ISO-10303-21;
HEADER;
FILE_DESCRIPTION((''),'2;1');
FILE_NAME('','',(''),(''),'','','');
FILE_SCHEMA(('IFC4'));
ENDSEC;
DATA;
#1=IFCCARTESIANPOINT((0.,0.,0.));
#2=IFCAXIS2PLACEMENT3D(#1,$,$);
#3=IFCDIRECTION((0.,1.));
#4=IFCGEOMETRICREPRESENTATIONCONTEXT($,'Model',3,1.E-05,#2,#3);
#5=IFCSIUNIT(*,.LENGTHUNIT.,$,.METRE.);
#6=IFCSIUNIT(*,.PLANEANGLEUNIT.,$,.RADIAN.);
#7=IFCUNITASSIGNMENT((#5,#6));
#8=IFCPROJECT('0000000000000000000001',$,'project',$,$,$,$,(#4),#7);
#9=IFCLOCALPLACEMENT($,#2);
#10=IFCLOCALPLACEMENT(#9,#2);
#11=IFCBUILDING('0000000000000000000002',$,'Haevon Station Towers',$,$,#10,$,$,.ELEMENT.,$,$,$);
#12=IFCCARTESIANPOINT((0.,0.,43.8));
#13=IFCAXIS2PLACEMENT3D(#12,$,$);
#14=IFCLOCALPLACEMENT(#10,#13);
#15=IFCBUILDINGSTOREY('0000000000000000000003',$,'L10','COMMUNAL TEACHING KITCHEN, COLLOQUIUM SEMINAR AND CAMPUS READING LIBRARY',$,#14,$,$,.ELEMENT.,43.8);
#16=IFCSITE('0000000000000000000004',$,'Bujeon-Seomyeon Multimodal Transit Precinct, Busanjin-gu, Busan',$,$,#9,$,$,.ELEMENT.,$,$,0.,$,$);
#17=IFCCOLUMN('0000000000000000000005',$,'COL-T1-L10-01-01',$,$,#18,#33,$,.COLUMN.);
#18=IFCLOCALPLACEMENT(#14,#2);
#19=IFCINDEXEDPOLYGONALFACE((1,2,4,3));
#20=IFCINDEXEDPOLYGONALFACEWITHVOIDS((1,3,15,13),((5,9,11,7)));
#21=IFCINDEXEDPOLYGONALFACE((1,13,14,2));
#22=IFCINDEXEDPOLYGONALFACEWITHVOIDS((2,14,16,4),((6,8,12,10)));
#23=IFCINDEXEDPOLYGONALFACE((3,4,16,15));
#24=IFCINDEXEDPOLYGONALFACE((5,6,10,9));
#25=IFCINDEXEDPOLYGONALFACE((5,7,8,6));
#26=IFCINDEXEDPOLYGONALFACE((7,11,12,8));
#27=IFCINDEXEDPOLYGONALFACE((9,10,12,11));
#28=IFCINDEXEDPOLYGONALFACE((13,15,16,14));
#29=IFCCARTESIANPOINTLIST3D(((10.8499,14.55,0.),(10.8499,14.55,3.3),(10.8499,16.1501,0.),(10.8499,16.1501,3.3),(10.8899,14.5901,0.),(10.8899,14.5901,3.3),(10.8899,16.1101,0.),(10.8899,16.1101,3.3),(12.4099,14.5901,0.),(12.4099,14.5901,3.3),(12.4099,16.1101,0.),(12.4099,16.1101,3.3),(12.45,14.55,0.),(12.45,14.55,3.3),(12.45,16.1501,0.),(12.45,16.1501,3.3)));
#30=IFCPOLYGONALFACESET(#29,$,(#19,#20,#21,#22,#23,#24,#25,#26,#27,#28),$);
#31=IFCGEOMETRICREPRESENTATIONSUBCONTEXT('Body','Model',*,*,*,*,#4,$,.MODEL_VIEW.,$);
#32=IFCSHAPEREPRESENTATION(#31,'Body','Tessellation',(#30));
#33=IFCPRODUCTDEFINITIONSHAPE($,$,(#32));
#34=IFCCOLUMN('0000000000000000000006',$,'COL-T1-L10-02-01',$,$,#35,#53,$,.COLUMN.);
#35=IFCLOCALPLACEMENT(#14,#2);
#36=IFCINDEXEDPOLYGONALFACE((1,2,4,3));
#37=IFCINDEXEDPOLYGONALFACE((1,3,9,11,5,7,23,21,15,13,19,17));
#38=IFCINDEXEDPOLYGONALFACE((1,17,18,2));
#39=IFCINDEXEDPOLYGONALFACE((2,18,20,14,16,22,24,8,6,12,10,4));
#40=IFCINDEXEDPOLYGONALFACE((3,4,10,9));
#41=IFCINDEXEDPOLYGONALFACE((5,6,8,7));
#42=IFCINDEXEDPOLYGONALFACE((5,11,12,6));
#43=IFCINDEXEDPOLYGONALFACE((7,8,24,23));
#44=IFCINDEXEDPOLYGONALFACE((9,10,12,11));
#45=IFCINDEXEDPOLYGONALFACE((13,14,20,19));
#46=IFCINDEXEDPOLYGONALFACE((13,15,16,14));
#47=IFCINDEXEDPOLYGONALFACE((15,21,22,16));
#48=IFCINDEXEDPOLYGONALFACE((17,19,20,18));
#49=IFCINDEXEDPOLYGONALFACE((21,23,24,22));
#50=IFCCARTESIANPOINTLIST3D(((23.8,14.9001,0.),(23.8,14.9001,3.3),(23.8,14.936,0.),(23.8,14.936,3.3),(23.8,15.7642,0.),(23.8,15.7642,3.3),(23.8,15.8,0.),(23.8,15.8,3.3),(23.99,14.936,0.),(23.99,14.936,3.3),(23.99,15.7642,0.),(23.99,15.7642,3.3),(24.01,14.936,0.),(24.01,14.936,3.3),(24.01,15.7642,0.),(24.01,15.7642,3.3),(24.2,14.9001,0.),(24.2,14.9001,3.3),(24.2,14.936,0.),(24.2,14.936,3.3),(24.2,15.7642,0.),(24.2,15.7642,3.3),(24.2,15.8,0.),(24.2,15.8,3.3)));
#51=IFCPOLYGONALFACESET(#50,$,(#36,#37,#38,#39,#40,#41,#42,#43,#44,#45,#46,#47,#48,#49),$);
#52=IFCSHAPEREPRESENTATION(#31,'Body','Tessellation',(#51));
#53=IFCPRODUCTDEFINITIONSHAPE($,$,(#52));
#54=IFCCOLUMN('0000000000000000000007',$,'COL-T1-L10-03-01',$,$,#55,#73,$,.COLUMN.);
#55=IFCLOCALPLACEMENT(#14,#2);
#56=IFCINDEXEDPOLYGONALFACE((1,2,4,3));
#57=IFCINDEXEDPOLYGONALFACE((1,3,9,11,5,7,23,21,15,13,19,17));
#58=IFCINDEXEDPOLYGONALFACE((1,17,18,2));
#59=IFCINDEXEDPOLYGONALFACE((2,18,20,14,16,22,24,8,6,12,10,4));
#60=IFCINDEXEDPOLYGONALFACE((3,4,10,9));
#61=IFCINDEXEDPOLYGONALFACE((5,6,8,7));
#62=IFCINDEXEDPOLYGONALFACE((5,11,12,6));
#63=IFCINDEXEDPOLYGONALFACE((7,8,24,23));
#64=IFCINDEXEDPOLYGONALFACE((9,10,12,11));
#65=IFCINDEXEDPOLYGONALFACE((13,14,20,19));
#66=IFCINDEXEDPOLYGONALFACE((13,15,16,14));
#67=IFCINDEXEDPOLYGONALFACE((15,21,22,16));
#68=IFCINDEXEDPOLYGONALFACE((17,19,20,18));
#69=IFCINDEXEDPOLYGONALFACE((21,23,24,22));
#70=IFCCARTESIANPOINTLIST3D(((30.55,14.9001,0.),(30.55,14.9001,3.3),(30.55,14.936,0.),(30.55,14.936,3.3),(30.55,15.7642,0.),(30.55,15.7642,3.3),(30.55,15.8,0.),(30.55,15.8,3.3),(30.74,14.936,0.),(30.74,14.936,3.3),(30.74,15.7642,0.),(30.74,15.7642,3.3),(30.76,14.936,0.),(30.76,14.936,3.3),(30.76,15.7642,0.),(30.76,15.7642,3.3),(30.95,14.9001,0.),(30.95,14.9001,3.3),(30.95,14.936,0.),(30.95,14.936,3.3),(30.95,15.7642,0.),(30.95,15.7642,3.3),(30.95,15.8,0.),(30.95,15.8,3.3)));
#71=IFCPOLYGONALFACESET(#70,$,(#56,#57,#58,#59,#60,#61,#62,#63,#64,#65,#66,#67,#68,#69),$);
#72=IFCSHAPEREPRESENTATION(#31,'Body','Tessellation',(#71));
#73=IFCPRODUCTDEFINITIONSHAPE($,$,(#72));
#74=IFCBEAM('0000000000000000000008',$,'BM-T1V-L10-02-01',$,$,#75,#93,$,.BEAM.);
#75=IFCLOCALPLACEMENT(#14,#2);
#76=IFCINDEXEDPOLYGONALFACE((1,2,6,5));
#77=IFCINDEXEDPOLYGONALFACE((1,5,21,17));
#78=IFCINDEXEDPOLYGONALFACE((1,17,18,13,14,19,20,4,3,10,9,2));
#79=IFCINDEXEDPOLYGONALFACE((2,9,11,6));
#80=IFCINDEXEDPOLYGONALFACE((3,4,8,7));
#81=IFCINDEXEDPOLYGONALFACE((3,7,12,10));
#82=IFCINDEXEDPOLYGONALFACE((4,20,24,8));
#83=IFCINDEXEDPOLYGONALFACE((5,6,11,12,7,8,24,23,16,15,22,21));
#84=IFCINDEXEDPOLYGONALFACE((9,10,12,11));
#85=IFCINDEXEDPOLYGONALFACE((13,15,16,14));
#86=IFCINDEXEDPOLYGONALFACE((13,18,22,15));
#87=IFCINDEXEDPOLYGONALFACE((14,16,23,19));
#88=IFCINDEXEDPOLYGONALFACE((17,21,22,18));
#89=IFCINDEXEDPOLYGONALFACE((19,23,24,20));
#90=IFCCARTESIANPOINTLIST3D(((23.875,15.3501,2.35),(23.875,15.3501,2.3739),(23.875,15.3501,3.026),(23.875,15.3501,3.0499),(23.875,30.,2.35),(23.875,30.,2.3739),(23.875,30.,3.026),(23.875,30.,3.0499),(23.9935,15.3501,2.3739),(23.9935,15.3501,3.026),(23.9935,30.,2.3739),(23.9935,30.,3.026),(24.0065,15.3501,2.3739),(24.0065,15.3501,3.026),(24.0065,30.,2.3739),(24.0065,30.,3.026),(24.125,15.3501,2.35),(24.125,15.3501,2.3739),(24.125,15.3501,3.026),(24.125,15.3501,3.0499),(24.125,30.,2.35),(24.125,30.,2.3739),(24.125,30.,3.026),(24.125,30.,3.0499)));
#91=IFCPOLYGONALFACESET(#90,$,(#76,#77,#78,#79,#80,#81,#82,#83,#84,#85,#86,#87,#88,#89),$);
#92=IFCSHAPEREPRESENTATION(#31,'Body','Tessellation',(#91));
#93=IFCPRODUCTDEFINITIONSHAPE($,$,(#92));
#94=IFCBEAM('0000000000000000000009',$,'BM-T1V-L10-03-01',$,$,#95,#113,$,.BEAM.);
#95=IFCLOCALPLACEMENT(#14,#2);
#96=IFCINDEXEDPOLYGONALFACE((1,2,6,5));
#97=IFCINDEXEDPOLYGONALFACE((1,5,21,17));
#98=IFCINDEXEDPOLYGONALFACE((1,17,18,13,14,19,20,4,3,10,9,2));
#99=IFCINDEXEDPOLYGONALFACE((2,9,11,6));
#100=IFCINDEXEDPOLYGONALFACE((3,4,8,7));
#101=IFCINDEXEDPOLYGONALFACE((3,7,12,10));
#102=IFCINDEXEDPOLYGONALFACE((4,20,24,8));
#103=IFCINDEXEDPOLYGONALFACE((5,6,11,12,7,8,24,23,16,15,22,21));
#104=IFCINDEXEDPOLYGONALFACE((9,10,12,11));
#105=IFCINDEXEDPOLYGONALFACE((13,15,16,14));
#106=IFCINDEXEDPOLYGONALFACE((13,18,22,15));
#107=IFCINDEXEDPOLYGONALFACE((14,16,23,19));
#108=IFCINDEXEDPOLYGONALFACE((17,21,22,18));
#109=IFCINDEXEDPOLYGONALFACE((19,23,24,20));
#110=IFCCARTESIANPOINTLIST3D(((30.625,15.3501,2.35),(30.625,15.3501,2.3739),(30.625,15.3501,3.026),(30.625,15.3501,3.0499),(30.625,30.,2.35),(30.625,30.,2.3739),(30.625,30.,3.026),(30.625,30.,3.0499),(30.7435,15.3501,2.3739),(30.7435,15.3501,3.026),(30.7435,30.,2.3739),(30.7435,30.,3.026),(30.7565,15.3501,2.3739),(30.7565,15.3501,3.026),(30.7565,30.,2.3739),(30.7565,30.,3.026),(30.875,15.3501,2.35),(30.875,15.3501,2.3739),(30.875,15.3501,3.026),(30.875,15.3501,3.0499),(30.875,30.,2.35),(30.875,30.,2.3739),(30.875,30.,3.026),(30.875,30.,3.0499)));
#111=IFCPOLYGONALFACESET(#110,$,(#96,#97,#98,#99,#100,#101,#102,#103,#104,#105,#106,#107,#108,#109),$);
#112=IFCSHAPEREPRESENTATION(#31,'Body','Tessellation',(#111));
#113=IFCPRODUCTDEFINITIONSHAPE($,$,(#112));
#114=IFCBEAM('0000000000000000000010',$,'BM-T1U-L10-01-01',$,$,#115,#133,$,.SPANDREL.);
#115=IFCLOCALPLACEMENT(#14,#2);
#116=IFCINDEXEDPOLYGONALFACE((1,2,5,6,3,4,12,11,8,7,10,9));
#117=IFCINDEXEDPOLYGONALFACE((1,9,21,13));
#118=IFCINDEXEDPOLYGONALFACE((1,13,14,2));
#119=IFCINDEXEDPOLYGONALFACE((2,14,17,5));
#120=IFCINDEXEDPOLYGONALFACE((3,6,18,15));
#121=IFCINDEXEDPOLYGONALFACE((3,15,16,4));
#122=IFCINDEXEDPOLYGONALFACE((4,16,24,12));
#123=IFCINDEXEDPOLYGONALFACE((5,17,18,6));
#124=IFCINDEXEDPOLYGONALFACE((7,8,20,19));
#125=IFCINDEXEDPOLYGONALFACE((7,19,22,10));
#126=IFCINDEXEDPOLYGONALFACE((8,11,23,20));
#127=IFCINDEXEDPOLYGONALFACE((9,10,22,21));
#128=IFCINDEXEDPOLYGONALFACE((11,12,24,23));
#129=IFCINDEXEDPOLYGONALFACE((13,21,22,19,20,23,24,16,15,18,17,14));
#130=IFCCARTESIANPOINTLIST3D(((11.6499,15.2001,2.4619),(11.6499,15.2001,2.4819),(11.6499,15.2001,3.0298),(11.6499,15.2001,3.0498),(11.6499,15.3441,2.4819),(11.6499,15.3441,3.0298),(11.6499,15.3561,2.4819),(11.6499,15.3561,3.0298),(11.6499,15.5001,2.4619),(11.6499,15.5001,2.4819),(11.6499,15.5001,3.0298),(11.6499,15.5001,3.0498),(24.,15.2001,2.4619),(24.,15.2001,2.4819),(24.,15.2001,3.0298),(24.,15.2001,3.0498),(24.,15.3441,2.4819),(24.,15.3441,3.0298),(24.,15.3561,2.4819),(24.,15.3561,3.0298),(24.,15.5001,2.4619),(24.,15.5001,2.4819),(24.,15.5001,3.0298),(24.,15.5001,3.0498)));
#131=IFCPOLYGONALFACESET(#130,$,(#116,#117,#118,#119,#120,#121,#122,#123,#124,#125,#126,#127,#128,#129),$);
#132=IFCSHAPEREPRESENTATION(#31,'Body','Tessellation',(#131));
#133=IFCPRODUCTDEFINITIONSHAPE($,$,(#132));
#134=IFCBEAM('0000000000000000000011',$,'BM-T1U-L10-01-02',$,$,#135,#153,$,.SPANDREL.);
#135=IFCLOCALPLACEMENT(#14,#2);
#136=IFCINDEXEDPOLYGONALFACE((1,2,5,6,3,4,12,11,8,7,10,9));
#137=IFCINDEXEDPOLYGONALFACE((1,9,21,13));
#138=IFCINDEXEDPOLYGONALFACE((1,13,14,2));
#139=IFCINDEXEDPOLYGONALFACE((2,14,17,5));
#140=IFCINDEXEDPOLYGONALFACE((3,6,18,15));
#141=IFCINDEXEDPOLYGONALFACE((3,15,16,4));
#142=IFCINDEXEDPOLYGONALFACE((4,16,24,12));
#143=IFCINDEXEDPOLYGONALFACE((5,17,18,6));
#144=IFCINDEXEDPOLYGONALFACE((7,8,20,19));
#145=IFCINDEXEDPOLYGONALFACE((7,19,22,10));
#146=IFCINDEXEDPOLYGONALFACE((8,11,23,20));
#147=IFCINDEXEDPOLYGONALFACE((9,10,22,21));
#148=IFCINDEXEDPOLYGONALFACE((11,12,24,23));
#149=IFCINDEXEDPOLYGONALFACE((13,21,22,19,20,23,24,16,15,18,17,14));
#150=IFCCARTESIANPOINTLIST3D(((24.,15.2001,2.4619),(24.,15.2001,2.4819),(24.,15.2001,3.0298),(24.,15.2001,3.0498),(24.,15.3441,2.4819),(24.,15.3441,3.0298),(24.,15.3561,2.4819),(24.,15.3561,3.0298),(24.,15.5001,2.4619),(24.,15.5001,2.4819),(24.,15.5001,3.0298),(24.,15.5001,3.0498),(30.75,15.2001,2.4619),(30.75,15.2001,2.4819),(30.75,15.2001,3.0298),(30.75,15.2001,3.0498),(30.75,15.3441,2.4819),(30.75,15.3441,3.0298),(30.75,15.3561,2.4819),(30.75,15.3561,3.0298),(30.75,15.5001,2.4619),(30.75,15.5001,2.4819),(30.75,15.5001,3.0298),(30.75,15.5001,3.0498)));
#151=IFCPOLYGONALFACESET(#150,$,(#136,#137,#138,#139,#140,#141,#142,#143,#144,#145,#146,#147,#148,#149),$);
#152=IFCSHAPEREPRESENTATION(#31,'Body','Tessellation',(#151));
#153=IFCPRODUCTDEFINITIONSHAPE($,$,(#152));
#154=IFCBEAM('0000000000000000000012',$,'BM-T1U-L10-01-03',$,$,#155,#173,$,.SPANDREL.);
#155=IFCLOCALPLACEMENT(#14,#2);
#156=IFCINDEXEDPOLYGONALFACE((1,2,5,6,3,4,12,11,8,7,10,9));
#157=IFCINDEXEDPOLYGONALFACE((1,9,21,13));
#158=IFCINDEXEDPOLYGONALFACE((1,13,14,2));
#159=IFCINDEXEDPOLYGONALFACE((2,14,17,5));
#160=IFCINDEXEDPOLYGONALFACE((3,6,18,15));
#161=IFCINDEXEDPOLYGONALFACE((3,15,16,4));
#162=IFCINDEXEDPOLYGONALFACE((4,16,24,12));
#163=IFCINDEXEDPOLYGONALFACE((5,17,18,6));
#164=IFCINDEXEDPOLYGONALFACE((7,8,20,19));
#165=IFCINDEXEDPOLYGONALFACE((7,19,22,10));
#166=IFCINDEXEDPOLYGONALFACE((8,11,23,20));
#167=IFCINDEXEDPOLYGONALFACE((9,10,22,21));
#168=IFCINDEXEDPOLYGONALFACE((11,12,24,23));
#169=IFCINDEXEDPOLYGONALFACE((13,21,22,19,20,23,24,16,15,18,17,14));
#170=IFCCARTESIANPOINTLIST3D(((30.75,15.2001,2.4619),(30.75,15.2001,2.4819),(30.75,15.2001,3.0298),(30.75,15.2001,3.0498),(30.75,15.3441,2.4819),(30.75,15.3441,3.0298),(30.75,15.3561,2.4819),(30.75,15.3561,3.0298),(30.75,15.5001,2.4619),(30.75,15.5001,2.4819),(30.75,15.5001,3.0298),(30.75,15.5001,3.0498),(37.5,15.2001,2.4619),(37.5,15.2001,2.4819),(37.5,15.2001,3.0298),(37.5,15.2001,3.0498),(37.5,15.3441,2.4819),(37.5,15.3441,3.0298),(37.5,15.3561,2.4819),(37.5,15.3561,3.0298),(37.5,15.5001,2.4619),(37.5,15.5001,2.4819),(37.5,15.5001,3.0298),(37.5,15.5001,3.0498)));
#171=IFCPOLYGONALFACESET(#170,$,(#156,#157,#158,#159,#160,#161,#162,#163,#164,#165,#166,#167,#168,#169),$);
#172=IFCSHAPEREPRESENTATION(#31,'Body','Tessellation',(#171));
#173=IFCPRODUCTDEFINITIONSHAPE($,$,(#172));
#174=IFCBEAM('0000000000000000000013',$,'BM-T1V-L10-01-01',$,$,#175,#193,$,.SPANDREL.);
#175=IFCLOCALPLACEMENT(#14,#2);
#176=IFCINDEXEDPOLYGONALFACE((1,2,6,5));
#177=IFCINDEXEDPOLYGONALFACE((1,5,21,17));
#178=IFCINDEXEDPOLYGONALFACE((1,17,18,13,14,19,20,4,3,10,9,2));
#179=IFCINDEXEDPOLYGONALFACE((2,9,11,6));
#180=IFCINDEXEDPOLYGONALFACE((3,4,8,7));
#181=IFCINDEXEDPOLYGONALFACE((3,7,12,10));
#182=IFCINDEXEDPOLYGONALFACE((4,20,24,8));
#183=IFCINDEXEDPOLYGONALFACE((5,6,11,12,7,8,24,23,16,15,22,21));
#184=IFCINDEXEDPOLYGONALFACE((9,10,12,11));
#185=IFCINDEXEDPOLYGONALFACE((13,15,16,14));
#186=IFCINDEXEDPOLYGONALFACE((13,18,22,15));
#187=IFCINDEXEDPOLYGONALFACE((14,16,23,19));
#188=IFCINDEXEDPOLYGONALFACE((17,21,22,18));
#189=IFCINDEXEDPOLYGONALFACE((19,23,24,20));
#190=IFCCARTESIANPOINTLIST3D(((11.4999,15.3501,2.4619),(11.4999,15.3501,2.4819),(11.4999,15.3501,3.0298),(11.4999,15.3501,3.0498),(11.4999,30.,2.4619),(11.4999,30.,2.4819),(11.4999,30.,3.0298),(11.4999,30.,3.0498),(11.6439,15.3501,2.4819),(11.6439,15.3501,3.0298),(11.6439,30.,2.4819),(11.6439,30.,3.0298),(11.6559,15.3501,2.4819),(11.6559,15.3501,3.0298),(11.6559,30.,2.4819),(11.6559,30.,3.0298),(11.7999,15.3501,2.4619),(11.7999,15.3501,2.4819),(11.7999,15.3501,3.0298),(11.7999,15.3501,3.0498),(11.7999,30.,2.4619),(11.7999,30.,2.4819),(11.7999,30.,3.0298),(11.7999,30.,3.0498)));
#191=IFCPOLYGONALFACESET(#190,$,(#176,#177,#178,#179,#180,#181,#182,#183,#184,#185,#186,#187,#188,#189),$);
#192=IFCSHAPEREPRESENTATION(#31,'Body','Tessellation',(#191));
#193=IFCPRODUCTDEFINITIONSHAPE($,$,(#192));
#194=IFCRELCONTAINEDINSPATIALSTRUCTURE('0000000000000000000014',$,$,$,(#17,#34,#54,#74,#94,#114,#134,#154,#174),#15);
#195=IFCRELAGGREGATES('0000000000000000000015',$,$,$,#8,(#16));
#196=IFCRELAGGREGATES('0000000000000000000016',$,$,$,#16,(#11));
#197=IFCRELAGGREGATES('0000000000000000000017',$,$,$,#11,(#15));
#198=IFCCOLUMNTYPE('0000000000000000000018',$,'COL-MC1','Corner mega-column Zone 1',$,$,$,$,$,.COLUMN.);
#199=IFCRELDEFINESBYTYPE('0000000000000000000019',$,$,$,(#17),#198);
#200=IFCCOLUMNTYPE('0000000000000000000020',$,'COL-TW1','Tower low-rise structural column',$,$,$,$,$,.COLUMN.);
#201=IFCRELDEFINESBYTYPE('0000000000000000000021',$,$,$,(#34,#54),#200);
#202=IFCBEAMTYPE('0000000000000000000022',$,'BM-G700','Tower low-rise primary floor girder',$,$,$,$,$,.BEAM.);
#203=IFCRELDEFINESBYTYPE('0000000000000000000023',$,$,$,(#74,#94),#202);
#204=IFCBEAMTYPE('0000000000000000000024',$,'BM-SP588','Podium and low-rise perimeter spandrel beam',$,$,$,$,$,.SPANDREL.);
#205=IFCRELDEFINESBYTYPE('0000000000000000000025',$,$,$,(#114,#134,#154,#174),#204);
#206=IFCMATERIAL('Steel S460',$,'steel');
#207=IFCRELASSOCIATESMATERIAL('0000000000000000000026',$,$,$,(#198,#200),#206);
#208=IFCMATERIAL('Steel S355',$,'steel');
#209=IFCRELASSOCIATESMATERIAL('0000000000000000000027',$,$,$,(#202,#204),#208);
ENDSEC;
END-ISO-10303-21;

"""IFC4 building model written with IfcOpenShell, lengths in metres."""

from ifc_helpers import new_model, si_unit, direction, frame, origin, origin_2d, place, context, subcontext, project, spatial, hollow_rectangle, i_section, extrude, material, material_profile, profile_set, type_object, element, save


model = new_model("IFC4")

# Units and contexts
model_context = context("Model", 3, precision=1e-05, world=origin(), true_north=direction((0.0, 1.0)))
body_context = subcontext(model_context, "Body", "Model", "MODEL_VIEW")
ifc_project = project(units=[si_unit("LENGTHUNIT", "METRE"), si_unit("PLANEANGLEUNIT", "RADIAN")], contexts=[model_context])

# Site, building, storey
site_placement = place(None, origin())
site = spatial("IfcSite", under=ifc_project, at=site_placement, Name="Bujeon-Seomyeon Multimodal Transit Precinct, Busanjin-gu, Busan", CompositionType="ELEMENT", RefElevation=0.0)
building_placement = place(site_placement, origin())
building = spatial("IfcBuilding", under=site, at=building_placement, Name="Haevon Station Towers", CompositionType="ELEMENT")
storey_placement = place(building_placement, frame((0.0, 0.0, 43.8)))
storey = spatial("IfcBuildingStorey", under=building, at=storey_placement, Name="L10", Description="COMMUNAL TEACHING KITCHEN, COLLOQUIUM SEMINAR AND CAMPUS READING LIBRARY", CompositionType="ELEMENT", Elevation=43.8)

# Columns
ifc_material_1 = material(Name="Steel S460", Category="steel")
ifc_material_profile_1 = material_profile(ifc_material_1, hollow_rectangle(XDim=1.6001, YDim=1.6001, WallThickness=0.04, at=origin_2d()), Name="BOX-1600x1600x40")
ifc_profile_set_1 = profile_set([ifc_material_profile_1], Name="Steel S460")
column_type_1 = type_object("IfcColumnType", Name="COL-MC1", Description="Corner mega-column Zone 1", PredefinedType="COLUMN", material=ifc_profile_set_1)
column_placement = place(storey_placement, frame((11.6499, 15.3501, 0.0), z_axis=(0.0, 0.0, 1.0), x_axis=(1.0, 0.0, 0.0)))
element("IfcColumn", 1, at=column_placement, inside=storey, type_object=column_type_1, Name="COL-T1-L10-01-01", PredefinedType="COLUMN", context=body_context, shape_type="SweptSolid", body=[
    extrude(hollow_rectangle(XDim=1.6001, YDim=1.6001, WallThickness=0.04, at=origin_2d()), origin(), (0.0, 0.0, 1.0), 3.3),
])
ifc_material_profile_2 = material_profile(ifc_material_1, i_section(OverallWidth=0.3999, OverallDepth=0.8999, WebThickness=0.02, FlangeThickness=0.0359, at=origin_2d()), Name="H-900x400x20x36")
ifc_profile_set_2 = profile_set([ifc_material_profile_2], Name="Steel S460")
column_type_2 = type_object("IfcColumnType", Name="COL-TW1", Description="Tower low-rise structural column", PredefinedType="COLUMN", material=ifc_profile_set_2)
for number, where, z_axis, x_axis, name in (
    (2, (24.0, 15.3501, 0.0), (0.0, 0.0, 1.0), (1.0, 0.0, 0.0), "COL-T1-L10-02-01"),
    (3, (30.75, 15.3501, 0.0), (0.0, 0.0, 1.0), (1.0, 0.0, 0.0), "COL-T1-L10-03-01"),
):
    element("IfcColumn", number, at=place(storey_placement, frame(where, z_axis=z_axis, x_axis=x_axis)), inside=storey, type_object=column_type_2, Name=name, PredefinedType="COLUMN", context=body_context, shape_type="SweptSolid", body=[
        extrude(i_section(OverallWidth=0.3999, OverallDepth=0.8999, WebThickness=0.02, FlangeThickness=0.0359, at=origin_2d()), origin(), (0.0, 0.0, 1.0), 3.3),
    ])

# Beams
ifc_material_2 = material(Name="Steel S355", Category="steel")
ifc_material_profile_3 = material_profile(ifc_material_2, i_section(OverallWidth=0.25, OverallDepth=0.7, WebThickness=0.0129, FlangeThickness=0.0239, at=origin_2d()), Name="H-700x250x13x24")
ifc_profile_set_3 = profile_set([ifc_material_profile_3], Name="Steel S355")
beam_type_1 = type_object("IfcBeamType", Name="BM-G700", Description="Tower low-rise primary floor girder", PredefinedType="BEAM", material=ifc_profile_set_3)
for number, where, z_axis, x_axis, name in (
    (4, (24.0, 15.3501, 2.7), (0.0, 1.0, 0.0), (-1.0, 0.0, 0.0), "BM-T1V-L10-02-01"),
    (5, (30.75, 15.3501, 2.7), (0.0, 1.0, 0.0), (-1.0, 0.0, 0.0), "BM-T1V-L10-03-01"),
):
    element("IfcBeam", number, at=place(storey_placement, frame(where, z_axis=z_axis, x_axis=x_axis)), inside=storey, type_object=beam_type_1, Name=name, PredefinedType="BEAM", context=body_context, shape_type="SweptSolid", body=[
        extrude(i_section(OverallWidth=0.25, OverallDepth=0.7, WebThickness=0.0129, FlangeThickness=0.0239, at=origin_2d()), origin(), (0.0, 0.0, 1.0), 14.6499),
    ])
ifc_material_profile_4 = material_profile(ifc_material_2, i_section(OverallWidth=0.3, OverallDepth=0.5879, WebThickness=0.012, FlangeThickness=0.02, at=origin_2d()), Name="H-588x300x12x20")
ifc_profile_set_4 = profile_set([ifc_material_profile_4], Name="Steel S355")
beam_type_2 = type_object("IfcBeamType", Name="BM-SP588", Description="Podium and low-rise perimeter spandrel beam", PredefinedType="SPANDREL", material=ifc_profile_set_4)
beam_1_placement = place(storey_placement, frame((11.6499, 15.3501, 2.7559), z_axis=(1.0, 0.0, 0.0), x_axis=(0.0, 1.0, 0.0)))
element("IfcBeam", 6, at=beam_1_placement, inside=storey, type_object=beam_type_2, Name="BM-T1U-L10-01-01", PredefinedType="SPANDREL", context=body_context, shape_type="SweptSolid", body=[
    extrude(i_section(OverallWidth=0.3, OverallDepth=0.5879, WebThickness=0.012, FlangeThickness=0.02, at=origin_2d()), origin(), (0.0, 0.0, 1.0), 12.3501),
])
for number, where, z_axis, x_axis, name in (
    (7, (24.0, 15.3501, 2.7559), (1.0, 0.0, 0.0), (0.0, 1.0, 0.0), "BM-T1U-L10-01-02"),
    (8, (30.75, 15.3501, 2.7559), (1.0, 0.0, 0.0), (0.0, 1.0, 0.0), "BM-T1U-L10-01-03"),
):
    element("IfcBeam", number, at=place(storey_placement, frame(where, z_axis=z_axis, x_axis=x_axis)), inside=storey, type_object=beam_type_2, Name=name, PredefinedType="SPANDREL", context=body_context, shape_type="SweptSolid", body=[
        extrude(i_section(OverallWidth=0.3, OverallDepth=0.5879, WebThickness=0.012, FlangeThickness=0.02, at=origin_2d()), origin(), (0.0, 0.0, 1.0), 6.75),
    ])
beam_2_placement = place(storey_placement, frame((11.6499, 15.3501, 2.7559), z_axis=(0.0, 1.0, 0.0), x_axis=(-1.0, 0.0, 0.0)))
element("IfcBeam", 9, at=beam_2_placement, inside=storey, type_object=beam_type_2, Name="BM-T1V-L10-01-01", PredefinedType="SPANDREL", context=body_context, shape_type="SweptSolid", body=[
    extrude(i_section(OverallWidth=0.3, OverallDepth=0.5879, WebThickness=0.012, FlangeThickness=0.02, at=origin_2d()), origin(), (0.0, 0.0, 1.0), 14.6499),
])

save(model, "model.ifc")
